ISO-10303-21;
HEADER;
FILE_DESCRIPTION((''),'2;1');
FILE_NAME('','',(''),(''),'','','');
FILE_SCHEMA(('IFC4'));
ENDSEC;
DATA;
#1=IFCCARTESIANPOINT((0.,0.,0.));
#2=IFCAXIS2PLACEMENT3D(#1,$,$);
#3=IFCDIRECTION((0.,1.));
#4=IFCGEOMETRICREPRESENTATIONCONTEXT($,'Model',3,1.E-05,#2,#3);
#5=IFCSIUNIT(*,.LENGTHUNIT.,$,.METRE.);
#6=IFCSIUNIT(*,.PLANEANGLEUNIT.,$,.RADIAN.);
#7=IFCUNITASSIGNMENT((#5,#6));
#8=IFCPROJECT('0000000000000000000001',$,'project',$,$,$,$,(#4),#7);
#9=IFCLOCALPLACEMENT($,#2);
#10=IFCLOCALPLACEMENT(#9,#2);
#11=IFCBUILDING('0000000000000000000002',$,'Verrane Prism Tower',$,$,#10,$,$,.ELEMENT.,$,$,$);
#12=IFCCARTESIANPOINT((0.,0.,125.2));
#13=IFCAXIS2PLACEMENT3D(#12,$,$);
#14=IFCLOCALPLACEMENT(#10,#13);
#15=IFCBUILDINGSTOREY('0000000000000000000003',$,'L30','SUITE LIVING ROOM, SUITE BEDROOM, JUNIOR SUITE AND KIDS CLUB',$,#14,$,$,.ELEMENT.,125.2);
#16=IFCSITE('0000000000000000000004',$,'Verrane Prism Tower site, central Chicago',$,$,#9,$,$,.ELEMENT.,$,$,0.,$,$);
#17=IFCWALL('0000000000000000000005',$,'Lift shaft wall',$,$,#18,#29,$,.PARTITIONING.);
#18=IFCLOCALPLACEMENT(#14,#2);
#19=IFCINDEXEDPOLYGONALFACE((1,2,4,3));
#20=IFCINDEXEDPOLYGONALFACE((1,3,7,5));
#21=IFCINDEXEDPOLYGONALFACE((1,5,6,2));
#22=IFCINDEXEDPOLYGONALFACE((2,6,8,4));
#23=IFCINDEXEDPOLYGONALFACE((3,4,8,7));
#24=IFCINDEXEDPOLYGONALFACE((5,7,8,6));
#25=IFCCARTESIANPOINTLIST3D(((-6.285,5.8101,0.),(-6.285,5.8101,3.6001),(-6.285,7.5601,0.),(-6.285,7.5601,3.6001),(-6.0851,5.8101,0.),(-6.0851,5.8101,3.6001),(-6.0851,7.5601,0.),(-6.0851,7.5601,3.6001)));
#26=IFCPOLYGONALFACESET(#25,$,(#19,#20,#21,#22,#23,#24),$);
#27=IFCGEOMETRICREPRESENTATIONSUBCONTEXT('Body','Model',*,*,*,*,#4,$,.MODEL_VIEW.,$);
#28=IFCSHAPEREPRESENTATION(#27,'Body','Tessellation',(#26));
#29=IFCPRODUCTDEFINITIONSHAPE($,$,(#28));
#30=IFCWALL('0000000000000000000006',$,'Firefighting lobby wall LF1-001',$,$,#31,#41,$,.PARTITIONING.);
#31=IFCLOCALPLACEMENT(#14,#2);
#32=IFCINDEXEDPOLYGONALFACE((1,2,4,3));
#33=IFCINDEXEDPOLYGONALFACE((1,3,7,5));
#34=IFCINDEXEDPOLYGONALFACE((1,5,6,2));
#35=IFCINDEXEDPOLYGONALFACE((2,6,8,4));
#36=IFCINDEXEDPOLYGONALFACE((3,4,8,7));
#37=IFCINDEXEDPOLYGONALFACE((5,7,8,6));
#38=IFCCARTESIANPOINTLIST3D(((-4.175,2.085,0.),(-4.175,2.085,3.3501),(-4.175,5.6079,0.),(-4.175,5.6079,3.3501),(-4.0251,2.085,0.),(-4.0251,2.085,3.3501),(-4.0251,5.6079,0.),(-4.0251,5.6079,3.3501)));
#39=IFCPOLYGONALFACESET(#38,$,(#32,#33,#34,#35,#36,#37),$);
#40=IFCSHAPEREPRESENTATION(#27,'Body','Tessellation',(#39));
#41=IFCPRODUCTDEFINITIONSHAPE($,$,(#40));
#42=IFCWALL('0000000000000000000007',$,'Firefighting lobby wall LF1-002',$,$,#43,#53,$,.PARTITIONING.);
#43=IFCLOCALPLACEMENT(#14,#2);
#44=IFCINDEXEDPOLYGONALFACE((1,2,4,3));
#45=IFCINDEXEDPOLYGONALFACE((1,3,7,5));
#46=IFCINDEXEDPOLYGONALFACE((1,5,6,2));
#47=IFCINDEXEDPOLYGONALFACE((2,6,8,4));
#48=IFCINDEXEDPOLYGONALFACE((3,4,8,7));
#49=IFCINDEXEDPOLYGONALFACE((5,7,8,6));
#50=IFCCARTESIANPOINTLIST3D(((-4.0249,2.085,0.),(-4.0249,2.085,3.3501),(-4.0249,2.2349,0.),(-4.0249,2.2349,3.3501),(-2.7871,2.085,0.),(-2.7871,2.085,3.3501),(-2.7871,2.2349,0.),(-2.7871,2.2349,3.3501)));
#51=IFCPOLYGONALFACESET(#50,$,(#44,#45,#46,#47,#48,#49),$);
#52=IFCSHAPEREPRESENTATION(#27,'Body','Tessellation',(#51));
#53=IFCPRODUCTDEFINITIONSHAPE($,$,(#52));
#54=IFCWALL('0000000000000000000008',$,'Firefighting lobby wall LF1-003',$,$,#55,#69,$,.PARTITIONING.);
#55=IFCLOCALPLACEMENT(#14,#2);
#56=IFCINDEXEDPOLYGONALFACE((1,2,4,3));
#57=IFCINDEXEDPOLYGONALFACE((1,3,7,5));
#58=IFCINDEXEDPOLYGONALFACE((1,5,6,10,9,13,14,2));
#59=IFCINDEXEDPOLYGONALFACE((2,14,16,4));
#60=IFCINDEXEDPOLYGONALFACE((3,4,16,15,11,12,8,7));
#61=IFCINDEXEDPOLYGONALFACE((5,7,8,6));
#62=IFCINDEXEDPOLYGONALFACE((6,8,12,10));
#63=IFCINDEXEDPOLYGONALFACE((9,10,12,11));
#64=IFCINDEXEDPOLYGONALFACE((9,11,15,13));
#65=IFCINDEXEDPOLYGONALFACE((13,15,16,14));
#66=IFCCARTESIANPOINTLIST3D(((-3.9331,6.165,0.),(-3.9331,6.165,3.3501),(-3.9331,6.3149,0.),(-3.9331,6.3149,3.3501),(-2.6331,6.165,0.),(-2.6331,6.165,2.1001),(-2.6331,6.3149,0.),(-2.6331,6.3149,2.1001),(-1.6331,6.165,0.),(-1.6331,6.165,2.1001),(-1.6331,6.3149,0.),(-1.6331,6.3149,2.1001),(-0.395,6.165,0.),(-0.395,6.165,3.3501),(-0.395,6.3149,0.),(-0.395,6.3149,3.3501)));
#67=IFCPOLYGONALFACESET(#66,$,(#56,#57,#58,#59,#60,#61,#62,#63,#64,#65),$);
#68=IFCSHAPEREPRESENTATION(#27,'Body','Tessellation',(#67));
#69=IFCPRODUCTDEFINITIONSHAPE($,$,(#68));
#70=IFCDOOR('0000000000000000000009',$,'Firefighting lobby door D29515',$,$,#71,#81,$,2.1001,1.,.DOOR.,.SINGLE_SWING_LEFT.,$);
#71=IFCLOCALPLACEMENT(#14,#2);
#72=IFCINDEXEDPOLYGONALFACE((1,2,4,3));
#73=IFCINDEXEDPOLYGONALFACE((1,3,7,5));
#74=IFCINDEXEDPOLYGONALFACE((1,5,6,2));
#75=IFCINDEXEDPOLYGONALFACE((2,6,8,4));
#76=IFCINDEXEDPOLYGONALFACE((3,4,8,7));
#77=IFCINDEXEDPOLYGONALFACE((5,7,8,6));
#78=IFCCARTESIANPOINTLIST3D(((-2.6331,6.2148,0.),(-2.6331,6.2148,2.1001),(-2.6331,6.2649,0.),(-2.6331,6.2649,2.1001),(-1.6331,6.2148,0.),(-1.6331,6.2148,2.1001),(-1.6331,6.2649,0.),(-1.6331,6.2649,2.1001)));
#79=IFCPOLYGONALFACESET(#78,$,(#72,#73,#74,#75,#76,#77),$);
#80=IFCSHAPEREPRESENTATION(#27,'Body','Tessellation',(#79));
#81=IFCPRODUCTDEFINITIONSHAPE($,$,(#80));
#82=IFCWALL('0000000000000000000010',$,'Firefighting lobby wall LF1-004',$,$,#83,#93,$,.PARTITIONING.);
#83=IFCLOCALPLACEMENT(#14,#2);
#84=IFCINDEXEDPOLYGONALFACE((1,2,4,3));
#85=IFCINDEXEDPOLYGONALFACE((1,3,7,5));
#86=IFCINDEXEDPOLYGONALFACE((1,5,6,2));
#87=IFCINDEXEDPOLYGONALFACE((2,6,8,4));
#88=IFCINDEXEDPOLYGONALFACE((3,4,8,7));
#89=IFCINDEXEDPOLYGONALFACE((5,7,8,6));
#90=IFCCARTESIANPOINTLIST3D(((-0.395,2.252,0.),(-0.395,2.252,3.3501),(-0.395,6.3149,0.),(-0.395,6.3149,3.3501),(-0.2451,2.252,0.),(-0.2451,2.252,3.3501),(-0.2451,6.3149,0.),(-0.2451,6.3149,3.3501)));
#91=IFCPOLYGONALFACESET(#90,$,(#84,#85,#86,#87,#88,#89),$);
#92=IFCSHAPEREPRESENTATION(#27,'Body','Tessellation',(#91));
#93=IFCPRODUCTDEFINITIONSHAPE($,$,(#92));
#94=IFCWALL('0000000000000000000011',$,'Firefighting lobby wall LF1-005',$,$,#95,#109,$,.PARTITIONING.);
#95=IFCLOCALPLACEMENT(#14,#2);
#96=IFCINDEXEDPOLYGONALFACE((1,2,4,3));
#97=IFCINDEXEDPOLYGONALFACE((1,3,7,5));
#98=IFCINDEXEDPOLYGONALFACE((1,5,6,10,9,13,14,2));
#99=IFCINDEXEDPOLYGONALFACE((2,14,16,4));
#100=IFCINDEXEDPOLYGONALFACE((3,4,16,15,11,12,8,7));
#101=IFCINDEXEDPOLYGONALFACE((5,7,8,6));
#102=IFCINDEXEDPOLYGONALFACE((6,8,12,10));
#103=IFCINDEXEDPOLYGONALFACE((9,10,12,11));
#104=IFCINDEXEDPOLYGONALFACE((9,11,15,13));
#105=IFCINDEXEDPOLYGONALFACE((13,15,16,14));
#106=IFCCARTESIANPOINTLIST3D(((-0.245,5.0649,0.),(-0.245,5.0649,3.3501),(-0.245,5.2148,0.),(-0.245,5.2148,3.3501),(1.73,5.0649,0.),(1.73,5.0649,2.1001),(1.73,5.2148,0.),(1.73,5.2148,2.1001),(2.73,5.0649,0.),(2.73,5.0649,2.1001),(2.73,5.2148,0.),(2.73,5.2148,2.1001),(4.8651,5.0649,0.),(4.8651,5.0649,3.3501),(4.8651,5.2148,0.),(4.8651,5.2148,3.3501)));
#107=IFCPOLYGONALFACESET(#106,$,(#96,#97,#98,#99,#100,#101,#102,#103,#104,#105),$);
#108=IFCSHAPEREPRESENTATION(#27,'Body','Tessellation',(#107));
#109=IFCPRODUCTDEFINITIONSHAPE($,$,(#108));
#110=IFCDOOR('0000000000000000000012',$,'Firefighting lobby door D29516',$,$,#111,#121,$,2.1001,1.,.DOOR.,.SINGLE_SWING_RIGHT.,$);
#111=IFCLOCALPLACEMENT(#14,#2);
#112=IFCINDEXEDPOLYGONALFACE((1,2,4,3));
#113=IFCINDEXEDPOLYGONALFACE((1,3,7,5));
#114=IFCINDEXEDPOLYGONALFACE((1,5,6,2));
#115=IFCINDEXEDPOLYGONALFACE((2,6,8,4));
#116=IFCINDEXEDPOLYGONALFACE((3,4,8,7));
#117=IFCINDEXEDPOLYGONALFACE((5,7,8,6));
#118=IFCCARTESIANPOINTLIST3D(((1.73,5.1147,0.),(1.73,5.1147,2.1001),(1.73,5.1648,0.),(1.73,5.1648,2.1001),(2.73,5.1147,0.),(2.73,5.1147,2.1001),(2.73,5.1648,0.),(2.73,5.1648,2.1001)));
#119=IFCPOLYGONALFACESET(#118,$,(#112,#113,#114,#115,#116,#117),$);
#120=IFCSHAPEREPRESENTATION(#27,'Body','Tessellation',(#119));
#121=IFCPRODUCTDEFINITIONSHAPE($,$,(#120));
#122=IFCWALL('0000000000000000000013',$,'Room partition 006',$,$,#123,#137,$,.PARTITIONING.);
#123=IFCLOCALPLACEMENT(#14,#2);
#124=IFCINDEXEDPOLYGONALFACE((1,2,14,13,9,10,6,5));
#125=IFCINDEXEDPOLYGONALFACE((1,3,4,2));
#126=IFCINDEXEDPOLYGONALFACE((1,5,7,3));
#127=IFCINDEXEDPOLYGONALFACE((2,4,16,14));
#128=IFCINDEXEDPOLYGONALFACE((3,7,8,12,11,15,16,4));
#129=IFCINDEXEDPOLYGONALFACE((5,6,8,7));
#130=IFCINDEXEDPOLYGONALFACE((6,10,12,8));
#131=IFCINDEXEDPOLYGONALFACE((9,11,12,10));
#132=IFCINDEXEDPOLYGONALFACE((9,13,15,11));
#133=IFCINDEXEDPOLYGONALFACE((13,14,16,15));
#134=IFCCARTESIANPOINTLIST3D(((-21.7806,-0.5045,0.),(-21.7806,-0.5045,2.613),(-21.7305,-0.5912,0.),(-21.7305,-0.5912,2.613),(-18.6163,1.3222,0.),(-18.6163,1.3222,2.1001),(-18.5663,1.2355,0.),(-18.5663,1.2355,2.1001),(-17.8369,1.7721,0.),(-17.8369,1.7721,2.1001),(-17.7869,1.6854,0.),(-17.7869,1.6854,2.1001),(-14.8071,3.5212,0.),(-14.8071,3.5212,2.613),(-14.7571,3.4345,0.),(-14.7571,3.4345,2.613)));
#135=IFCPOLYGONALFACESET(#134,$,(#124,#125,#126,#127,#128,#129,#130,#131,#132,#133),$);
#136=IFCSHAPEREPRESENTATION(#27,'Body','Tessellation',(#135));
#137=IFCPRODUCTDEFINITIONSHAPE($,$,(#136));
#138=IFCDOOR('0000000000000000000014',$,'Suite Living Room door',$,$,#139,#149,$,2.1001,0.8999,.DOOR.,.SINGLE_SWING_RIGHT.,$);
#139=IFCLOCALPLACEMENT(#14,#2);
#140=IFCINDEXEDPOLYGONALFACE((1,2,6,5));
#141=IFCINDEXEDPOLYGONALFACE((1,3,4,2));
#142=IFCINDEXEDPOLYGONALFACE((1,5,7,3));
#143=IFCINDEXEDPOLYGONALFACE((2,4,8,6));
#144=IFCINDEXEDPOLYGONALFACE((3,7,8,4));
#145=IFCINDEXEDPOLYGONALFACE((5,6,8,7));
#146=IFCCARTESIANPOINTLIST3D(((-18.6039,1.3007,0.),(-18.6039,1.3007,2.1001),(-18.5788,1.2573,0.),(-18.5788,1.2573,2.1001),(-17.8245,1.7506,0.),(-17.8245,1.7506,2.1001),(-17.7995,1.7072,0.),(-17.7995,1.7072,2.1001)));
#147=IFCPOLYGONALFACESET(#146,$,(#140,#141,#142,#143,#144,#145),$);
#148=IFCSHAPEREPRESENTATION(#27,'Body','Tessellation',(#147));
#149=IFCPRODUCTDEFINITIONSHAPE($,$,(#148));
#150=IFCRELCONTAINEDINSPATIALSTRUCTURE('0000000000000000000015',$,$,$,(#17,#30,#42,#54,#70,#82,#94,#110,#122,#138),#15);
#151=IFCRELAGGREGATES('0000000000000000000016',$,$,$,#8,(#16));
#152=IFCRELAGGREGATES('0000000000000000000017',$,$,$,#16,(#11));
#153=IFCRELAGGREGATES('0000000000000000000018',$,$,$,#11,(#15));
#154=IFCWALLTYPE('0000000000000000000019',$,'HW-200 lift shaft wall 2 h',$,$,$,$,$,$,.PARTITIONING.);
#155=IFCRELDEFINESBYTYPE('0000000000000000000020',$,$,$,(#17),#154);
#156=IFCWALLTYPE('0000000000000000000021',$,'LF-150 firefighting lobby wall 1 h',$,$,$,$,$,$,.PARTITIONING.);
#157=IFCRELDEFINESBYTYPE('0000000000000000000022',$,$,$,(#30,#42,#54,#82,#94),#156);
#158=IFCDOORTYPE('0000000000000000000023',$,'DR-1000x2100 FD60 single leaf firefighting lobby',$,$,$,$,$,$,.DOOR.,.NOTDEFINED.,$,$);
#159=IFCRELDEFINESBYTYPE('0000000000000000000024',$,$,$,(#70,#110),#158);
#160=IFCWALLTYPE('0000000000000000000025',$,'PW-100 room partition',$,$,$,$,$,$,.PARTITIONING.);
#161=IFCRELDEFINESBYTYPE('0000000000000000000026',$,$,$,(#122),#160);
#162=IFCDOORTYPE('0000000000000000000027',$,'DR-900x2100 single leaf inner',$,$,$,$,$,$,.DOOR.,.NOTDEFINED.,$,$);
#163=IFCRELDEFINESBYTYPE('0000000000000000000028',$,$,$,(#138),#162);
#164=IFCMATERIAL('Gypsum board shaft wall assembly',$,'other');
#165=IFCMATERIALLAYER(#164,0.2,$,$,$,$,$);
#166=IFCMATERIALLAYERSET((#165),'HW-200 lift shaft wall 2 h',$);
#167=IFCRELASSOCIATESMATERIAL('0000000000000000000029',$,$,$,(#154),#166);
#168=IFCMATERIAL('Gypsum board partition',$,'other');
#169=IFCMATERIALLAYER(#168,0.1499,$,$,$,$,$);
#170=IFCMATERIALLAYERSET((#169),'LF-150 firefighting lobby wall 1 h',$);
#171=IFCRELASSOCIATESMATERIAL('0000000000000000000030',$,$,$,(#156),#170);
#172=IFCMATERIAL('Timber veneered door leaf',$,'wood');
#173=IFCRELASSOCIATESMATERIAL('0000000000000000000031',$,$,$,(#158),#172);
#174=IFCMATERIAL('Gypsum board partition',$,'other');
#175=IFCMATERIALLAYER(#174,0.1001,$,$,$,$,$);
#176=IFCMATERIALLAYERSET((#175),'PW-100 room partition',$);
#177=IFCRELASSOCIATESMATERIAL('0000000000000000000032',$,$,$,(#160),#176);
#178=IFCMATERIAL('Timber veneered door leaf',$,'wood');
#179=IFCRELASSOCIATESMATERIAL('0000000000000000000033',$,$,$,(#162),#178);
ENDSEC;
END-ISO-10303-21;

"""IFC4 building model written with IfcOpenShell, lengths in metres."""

from ifc_helpers import new_model, si_unit, direction, frame, frame_2d, origin, place, context, subcontext, project, spatial, rectangle, extrude, material, layer, layer_set, type_object, element, fill, save


model = new_model("IFC4")

# Units and contexts
model_context = context("Model", 3, precision=1e-05, world=origin(), true_north=direction((0.0, 1.0)))
body_context = subcontext(model_context, "Body", "Model", "MODEL_VIEW")
ifc_project = project(units=[si_unit("LENGTHUNIT", "METRE"), si_unit("PLANEANGLEUNIT", "RADIAN")], contexts=[model_context])

# Site, building, storey
site_placement = place(None, origin())
site = spatial("IfcSite", under=ifc_project, at=site_placement, Name="Verrane Prism Tower site, central Chicago", CompositionType="ELEMENT", RefElevation=0.0)
building_placement = place(site_placement, origin())
building = spatial("IfcBuilding", under=site, at=building_placement, Name="Verrane Prism Tower", CompositionType="ELEMENT")
storey_placement = place(building_placement, frame((0.0, 0.0, 125.2)))
storey = spatial("IfcBuildingStorey", under=building, at=storey_placement, Name="L30", Description="SUITE LIVING ROOM, SUITE BEDROOM, JUNIOR SUITE AND KIDS CLUB", CompositionType="ELEMENT", Elevation=125.2)

# Shared definitions
ifc_material_1 = material(Name="Gypsum board shaft wall assembly", Category="other")
ifc_layer_1 = layer(ifc_material_1, 0.2)
ifc_layer_set_1 = layer_set([ifc_layer_1], Name="HW-200 lift shaft wall 2 h")
wall_type_1 = type_object("IfcWallType", Name="HW-200 lift shaft wall 2 h", PredefinedType="PARTITIONING", material=ifc_layer_set_1)

# Walls
for number, where, z_axis, x_axis, name in (
    (1, (-6.1851, 5.8101, 0.0), (0.0, 0.0, 1.0), (0.0, 1.0, 0.0), "Lift shaft wall"),
):
    element("IfcWall", number, at=place(storey_placement, frame(where, z_axis=z_axis, x_axis=x_axis)), inside=storey, type_object=wall_type_1, Name=name, PredefinedType="PARTITIONING", context=body_context, shape_type="SweptSolid", body=[
        extrude(rectangle(XDim=1.75, YDim=0.2, at=frame_2d((0.875, 0.0))), origin(), (0.0, 0.0, 1.0), 3.6001),
    ])
ifc_material_2 = material(Name="Gypsum board partition", Category="other")
ifc_layer_2 = layer(ifc_material_2, 0.1499)
ifc_layer_set_2 = layer_set([ifc_layer_2], Name="LF-150 firefighting lobby wall 1 h")
wall_type_2 = type_object("IfcWallType", Name="LF-150 firefighting lobby wall 1 h", PredefinedType="PARTITIONING", material=ifc_layer_set_2)
wall_1_placement = place(storey_placement, frame((-4.1001, 2.085, 0.0), z_axis=(0.0, 0.0, 1.0), x_axis=(0.0, 1.0, 0.0)))
element("IfcWall", 2, at=wall_1_placement, inside=storey, type_object=wall_type_2, Name="Firefighting lobby wall LF1-001", PredefinedType="PARTITIONING", context=body_context, shape_type="SweptSolid", body=[
    extrude(rectangle(XDim=3.5229, YDim=0.1499, at=frame_2d((1.7615, 0.0))), origin(), (0.0, 0.0, 1.0), 3.3501),
])
wall_2_placement = place(storey_placement, frame((-4.0249, 2.1599, 0.0), z_axis=(0.0, 0.0, 1.0), x_axis=(1.0, 0.0, 0.0)))
element("IfcWall", 3, at=wall_2_placement, inside=storey, type_object=wall_type_2, Name="Firefighting lobby wall LF1-002", PredefinedType="PARTITIONING", context=body_context, shape_type="SweptSolid", body=[
    extrude(rectangle(XDim=1.2378, YDim=0.1499, at=frame_2d((0.6189, 0.0))), origin(), (0.0, 0.0, 1.0), 3.3501),
])

# Wall, opening, door
wall_3_placement = place(storey_placement, frame((-3.9331, 6.24, 0.0), z_axis=(0.0, 0.0, 1.0), x_axis=(1.0, 0.0, 0.0)))
wall_3 = element("IfcWall", 4, at=wall_3_placement, inside=storey, type_object=wall_type_2, Name="Firefighting lobby wall LF1-003", PredefinedType="PARTITIONING", context=body_context, shape_type="SweptSolid", body=[
    extrude(rectangle(XDim=3.5381, YDim=0.1499, at=frame_2d((1.769, 0.0))), origin(), (0.0, 0.0, 1.0), 3.3501),
])
opening_1_placement = place(wall_3_placement, frame((1.3, 0.0, 0.0)))
opening_1 = element("IfcOpeningElement", 5, at=opening_1_placement, cuts=wall_3, PredefinedType="OPENING", context=body_context, shape_type="SweptSolid", body=[
    extrude(rectangle(XDim=1.0, YDim=2.1001, at=frame_2d((0.5, 1.05))), frame((0.0, 0.085, 0.0), z_axis=(0.0, -1.0, 0.0), x_axis=(1.0, 0.0, 0.0)), (0.0, 0.0, 1.0), 0.1699),
])
ifc_material_3 = material(Name="Timber veneered door leaf", Category="wood")
door_type_1 = type_object("IfcDoorType", Name="DR-1000x2100 FD60 single leaf firefighting lobby", OperationType="NOTDEFINED", PredefinedType="DOOR", material=ifc_material_3)
door_1_placement = place(opening_1_placement, origin())
door_1 = element("IfcDoor", 6, at=door_1_placement, inside=storey, type_object=door_type_1, Name="Firefighting lobby door D29515", OperationType="SINGLE_SWING_LEFT", OverallHeight=2.1001, OverallWidth=1.0, PredefinedType="DOOR", context=body_context, shape_type="SweptSolid", body=[
    extrude(rectangle(XDim=1.0, YDim=2.1001, at=frame_2d((0.5, 1.05))), frame((0.0, 0.0249, 0.0), z_axis=(0.0, -1.0, 0.0), x_axis=(1.0, 0.0, 0.0)), (0.0, 0.0, 1.0), 0.05),
])
fill(opening_1, door_1)

# Wall
wall_4_placement = place(storey_placement, frame((-0.3201, 2.252, 0.0), z_axis=(0.0, 0.0, 1.0), x_axis=(0.0, 1.0, 0.0)))
element("IfcWall", 7, at=wall_4_placement, inside=storey, type_object=wall_type_2, Name="Firefighting lobby wall LF1-004", PredefinedType="PARTITIONING", context=body_context, shape_type="SweptSolid", body=[
    extrude(rectangle(XDim=4.063, YDim=0.1499, at=frame_2d((2.0315, 0.0))), origin(), (0.0, 0.0, 1.0), 3.3501),
])

# Walls, openings, doors
wall_5_placement = place(storey_placement, frame((-0.2451, 5.1399, 0.0), z_axis=(0.0, 0.0, 1.0), x_axis=(1.0, 0.0, 0.0)))
wall_5 = element("IfcWall", 8, at=wall_5_placement, inside=storey, type_object=wall_type_2, Name="Firefighting lobby wall LF1-005", PredefinedType="PARTITIONING", context=body_context, shape_type="SweptSolid", body=[
    extrude(rectangle(XDim=5.1101, YDim=0.1499, at=frame_2d((2.5552, 0.0))), origin(), (0.0, 0.0, 1.0), 3.3501),
])
opening_2_placement = place(wall_5_placement, frame((1.9751, 0.0, 0.0)))
opening_2 = element("IfcOpeningElement", 9, at=opening_2_placement, cuts=wall_5, PredefinedType="OPENING", context=body_context, shape_type="SweptSolid", body=[
    extrude(rectangle(XDim=1.0, YDim=2.1001, at=frame_2d((0.5, 1.05))), frame((0.0, 0.085, 0.0), z_axis=(0.0, -1.0, 0.0), x_axis=(1.0, 0.0, 0.0)), (0.0, 0.0, 1.0), 0.1699),
])
door_2_placement = place(opening_2_placement, origin())
door_2 = element("IfcDoor", 10, at=door_2_placement, inside=storey, type_object=door_type_1, Name="Firefighting lobby door D29516", OperationType="SINGLE_SWING_RIGHT", OverallHeight=2.1001, OverallWidth=1.0, PredefinedType="DOOR", context=body_context, shape_type="SweptSolid", body=[
    extrude(rectangle(XDim=1.0, YDim=2.1001, at=frame_2d((0.5, 1.05))), frame((0.0, 0.0249, 0.0), z_axis=(0.0, -1.0, 0.0), x_axis=(1.0, 0.0, 0.0)), (0.0, 0.0, 1.0), 0.05),
])
fill(opening_2, door_2)
ifc_material_4 = material(Name="Gypsum board partition", Category="other")
ifc_layer_3 = layer(ifc_material_4, 0.1001)
ifc_layer_set_3 = layer_set([ifc_layer_3], Name="PW-100 room partition")
wall_type_3 = type_object("IfcWallType", Name="PW-100 room partition", PredefinedType="PARTITIONING", material=ifc_layer_set_3)
wall_6_placement = place(storey_placement, frame((-14.7822, 3.4778, 0.0), z_axis=(0.0, 0.0, 1.0), x_axis=(-0.86605, -0.499958, 0.0)))
wall_6 = element("IfcWall", 11, at=wall_6_placement, inside=storey, type_object=wall_type_3, Name="Room partition 006", PredefinedType="PARTITIONING", context=body_context, shape_type="SweptSolid", body=[
    extrude(rectangle(XDim=8.052, YDim=0.1001, at=frame_2d((4.0259, 0.0))), origin(), (0.0, 0.0, 1.0), 2.613),
])
opening_3_placement = place(wall_6_placement, frame((3.4983, 0.0, 0.0)))
opening_3 = element("IfcOpeningElement", 12, at=opening_3_placement, cuts=wall_6, PredefinedType="OPENING", context=body_context, shape_type="SweptSolid", body=[
    extrude(rectangle(XDim=0.8999, YDim=2.1001, at=frame_2d((0.45, 1.05))), frame((0.0, 0.0601, 0.0), z_axis=(0.0, -1.0, 0.0), x_axis=(1.0, 0.0, 0.0)), (0.0, 0.0, 1.0), 0.1201),
])
ifc_material_5 = material(Name="Timber veneered door leaf", Category="wood")
door_type_2 = type_object("IfcDoorType", Name="DR-900x2100 single leaf inner", OperationType="NOTDEFINED", PredefinedType="DOOR", material=ifc_material_5)
door_3_placement = place(opening_3_placement, origin())
door_3 = element("IfcDoor", 13, at=door_3_placement, inside=storey, type_object=door_type_2, Name="Suite Living Room door", OperationType="SINGLE_SWING_RIGHT", OverallHeight=2.1001, OverallWidth=0.8999, PredefinedType="DOOR", context=body_context, shape_type="SweptSolid", body=[
    extrude(rectangle(XDim=0.8999, YDim=2.1001, at=frame_2d((0.45, 1.05))), frame((0.0, 0.0249, 0.0), z_axis=(0.0, -1.0, 0.0), x_axis=(1.0, 0.0, 0.0)), (0.0, 0.0, 1.0), 0.05),
])
fill(opening_3, door_3)

save(model, "model.ifc")
